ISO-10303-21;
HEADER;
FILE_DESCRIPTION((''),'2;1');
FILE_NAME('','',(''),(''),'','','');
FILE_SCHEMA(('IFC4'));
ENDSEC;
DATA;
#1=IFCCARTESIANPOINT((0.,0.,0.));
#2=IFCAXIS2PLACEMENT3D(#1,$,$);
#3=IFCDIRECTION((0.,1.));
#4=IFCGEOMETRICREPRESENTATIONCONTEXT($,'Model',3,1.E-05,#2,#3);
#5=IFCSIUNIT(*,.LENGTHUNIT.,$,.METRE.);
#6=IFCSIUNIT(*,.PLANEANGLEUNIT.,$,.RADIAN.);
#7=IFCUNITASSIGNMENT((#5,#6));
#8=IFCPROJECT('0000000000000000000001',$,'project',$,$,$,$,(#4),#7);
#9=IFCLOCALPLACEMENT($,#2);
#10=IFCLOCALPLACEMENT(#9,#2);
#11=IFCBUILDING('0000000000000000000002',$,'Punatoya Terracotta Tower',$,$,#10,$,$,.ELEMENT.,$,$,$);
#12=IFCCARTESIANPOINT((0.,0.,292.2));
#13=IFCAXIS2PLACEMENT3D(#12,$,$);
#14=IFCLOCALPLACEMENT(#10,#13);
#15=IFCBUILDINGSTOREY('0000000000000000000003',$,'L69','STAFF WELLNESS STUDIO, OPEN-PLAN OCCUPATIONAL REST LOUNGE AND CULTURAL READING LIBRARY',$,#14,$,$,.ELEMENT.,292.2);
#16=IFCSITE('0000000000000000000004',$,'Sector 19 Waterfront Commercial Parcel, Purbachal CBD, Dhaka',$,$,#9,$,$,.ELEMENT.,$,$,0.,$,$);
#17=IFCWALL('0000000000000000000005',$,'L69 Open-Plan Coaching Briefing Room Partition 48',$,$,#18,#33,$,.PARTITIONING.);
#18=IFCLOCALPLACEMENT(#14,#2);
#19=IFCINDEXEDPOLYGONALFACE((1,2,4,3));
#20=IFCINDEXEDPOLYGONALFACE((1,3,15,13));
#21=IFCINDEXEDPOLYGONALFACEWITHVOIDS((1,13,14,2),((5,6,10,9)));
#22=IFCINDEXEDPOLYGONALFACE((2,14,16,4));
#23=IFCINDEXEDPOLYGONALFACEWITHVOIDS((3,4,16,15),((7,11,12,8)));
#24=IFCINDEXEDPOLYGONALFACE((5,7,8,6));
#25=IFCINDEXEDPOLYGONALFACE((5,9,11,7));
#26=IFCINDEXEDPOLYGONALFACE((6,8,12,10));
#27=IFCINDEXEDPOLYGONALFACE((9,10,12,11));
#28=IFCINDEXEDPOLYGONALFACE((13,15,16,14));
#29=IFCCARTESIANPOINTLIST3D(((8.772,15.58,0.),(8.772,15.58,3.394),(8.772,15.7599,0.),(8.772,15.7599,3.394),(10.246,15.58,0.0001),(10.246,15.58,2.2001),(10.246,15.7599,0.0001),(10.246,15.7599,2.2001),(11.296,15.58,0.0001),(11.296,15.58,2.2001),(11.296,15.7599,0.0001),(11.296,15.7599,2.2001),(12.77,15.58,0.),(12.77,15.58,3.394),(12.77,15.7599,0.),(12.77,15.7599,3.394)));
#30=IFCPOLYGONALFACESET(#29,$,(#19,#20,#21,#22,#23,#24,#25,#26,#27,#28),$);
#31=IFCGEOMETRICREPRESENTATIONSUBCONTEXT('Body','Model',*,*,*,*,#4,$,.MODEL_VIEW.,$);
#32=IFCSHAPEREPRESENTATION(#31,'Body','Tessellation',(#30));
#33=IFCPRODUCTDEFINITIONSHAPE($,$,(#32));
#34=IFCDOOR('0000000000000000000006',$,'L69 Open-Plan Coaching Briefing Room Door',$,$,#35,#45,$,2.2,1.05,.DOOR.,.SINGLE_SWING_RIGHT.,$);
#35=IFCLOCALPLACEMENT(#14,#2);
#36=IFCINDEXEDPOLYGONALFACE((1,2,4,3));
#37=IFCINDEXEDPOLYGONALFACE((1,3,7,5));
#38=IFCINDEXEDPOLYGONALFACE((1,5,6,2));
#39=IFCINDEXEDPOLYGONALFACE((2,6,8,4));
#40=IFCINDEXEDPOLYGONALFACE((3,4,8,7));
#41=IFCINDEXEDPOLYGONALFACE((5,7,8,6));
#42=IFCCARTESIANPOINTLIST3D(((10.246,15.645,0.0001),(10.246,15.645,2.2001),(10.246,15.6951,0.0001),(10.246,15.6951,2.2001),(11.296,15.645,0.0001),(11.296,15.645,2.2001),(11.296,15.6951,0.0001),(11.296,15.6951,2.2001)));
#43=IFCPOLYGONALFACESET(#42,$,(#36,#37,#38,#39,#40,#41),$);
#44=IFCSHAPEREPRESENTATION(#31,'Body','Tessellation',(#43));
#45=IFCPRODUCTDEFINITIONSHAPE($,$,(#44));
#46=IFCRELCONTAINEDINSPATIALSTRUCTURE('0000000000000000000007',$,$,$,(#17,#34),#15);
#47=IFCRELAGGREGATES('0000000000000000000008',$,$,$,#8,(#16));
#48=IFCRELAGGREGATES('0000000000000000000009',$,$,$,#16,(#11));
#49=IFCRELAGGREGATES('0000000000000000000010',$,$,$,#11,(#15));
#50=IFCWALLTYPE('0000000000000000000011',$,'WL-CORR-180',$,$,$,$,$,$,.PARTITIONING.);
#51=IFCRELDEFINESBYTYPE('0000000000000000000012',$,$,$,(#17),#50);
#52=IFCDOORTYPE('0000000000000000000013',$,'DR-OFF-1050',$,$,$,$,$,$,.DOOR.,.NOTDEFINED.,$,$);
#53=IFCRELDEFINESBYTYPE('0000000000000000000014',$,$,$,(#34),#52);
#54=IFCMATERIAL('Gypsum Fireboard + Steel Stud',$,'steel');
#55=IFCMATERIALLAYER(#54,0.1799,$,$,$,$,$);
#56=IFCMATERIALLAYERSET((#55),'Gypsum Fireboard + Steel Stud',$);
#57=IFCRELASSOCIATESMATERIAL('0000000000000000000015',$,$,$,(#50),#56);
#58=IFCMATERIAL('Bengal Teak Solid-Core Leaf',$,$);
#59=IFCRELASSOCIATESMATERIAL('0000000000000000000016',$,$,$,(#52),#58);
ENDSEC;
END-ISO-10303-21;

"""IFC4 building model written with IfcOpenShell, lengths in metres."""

from ifc_helpers import new_model, si_unit, direction, frame, frame_2d, origin, place, context, subcontext, project, spatial, rectangle, extrude, material, layer, layer_set, type_object, element, fill, save


model = new_model("IFC4")

# Units and contexts
model_context = context("Model", 3, precision=1e-05, world=origin(), true_north=direction((0.0, 1.0)))
body_context = subcontext(model_context, "Body", "Model", "MODEL_VIEW")
ifc_project = project(units=[si_unit("LENGTHUNIT", "METRE"), si_unit("PLANEANGLEUNIT", "RADIAN")], contexts=[model_context])

# Site, building, storey
site_placement = place(None, origin())
site = spatial("IfcSite", under=ifc_project, at=site_placement, Name="Sector 19 Waterfront Commercial Parcel, Purbachal CBD, Dhaka", CompositionType="ELEMENT", RefElevation=0.0)
building_placement = place(site_placement, origin())
building = spatial("IfcBuilding", under=site, at=building_placement, Name="Punatoya Terracotta Tower", CompositionType="ELEMENT")
storey_placement = place(building_placement, frame((0.0, 0.0, 292.2)))
storey = spatial("IfcBuildingStorey", under=building, at=storey_placement, Name="L69", Description="STAFF WELLNESS STUDIO, OPEN-PLAN OCCUPATIONAL REST LOUNGE AND CULTURAL READING LIBRARY", CompositionType="ELEMENT", Elevation=292.2)

# Wall, opening, door
ifc_material_1 = material(Name="Gypsum Fireboard + Steel Stud", Category="steel")
ifc_layer_1 = layer(ifc_material_1, 0.1799)
ifc_layer_set_1 = layer_set([ifc_layer_1], Name="Gypsum Fireboard + Steel Stud")
wall_type = type_object("IfcWallType", Name="WL-CORR-180", PredefinedType="PARTITIONING", material=ifc_layer_set_1)
wall_placement = place(storey_placement, frame((12.77, 15.6699, 0.0), z_axis=(0.0, 0.0, 1.0), x_axis=(-1.0, 0.0, 0.0)))
wall = element("IfcWall", 1, at=wall_placement, inside=storey, type_object=wall_type, Name="L69 Open-Plan Coaching Briefing Room Partition 48", PredefinedType="PARTITIONING", context=body_context, shape_type="SweptSolid", body=[
    extrude(rectangle(XDim=3.998, YDim=0.1799, at=frame_2d((1.999, 0.0))), origin(), (0.0, 0.0, 1.0), 3.394),
])
opening_placement = place(wall_placement, frame((1.4741, 0.0, 0.0)))
opening = element("IfcOpeningElement", 2, at=opening_placement, cuts=wall, PredefinedType="OPENING", context=body_context, shape_type="SweptSolid", body=[
    extrude(rectangle(XDim=1.05, YDim=2.2, at=frame_2d((0.5249, 1.1001))), frame((0.0, 0.0999, 0.0), z_axis=(0.0, -1.0, 0.0), x_axis=(1.0, 0.0, 0.0)), (0.0, 0.0, 1.0), 0.2),
])
ifc_material_2 = material(Name="Bengal Teak Solid-Core Leaf")
door_type = type_object("IfcDoorType", Name="DR-OFF-1050", OperationType="NOTDEFINED", PredefinedType="DOOR", material=ifc_material_2)
door_placement = place(opening_placement, origin())
door = element("IfcDoor", 3, at=door_placement, inside=storey, type_object=door_type, Name="L69 Open-Plan Coaching Briefing Room Door", OperationType="SINGLE_SWING_RIGHT", OverallHeight=2.2, OverallWidth=1.05, PredefinedType="DOOR", context=body_context, shape_type="SweptSolid", body=[
    extrude(rectangle(XDim=1.05, YDim=2.2, at=frame_2d((0.5249, 1.1001))), frame((0.0, 0.0249, 0.0), z_axis=(0.0, -1.0, 0.0), x_axis=(1.0, 0.0, 0.0)), (0.0, 0.0, 1.0), 0.05),
])
fill(opening, door)

save(model, "model.ifc")
